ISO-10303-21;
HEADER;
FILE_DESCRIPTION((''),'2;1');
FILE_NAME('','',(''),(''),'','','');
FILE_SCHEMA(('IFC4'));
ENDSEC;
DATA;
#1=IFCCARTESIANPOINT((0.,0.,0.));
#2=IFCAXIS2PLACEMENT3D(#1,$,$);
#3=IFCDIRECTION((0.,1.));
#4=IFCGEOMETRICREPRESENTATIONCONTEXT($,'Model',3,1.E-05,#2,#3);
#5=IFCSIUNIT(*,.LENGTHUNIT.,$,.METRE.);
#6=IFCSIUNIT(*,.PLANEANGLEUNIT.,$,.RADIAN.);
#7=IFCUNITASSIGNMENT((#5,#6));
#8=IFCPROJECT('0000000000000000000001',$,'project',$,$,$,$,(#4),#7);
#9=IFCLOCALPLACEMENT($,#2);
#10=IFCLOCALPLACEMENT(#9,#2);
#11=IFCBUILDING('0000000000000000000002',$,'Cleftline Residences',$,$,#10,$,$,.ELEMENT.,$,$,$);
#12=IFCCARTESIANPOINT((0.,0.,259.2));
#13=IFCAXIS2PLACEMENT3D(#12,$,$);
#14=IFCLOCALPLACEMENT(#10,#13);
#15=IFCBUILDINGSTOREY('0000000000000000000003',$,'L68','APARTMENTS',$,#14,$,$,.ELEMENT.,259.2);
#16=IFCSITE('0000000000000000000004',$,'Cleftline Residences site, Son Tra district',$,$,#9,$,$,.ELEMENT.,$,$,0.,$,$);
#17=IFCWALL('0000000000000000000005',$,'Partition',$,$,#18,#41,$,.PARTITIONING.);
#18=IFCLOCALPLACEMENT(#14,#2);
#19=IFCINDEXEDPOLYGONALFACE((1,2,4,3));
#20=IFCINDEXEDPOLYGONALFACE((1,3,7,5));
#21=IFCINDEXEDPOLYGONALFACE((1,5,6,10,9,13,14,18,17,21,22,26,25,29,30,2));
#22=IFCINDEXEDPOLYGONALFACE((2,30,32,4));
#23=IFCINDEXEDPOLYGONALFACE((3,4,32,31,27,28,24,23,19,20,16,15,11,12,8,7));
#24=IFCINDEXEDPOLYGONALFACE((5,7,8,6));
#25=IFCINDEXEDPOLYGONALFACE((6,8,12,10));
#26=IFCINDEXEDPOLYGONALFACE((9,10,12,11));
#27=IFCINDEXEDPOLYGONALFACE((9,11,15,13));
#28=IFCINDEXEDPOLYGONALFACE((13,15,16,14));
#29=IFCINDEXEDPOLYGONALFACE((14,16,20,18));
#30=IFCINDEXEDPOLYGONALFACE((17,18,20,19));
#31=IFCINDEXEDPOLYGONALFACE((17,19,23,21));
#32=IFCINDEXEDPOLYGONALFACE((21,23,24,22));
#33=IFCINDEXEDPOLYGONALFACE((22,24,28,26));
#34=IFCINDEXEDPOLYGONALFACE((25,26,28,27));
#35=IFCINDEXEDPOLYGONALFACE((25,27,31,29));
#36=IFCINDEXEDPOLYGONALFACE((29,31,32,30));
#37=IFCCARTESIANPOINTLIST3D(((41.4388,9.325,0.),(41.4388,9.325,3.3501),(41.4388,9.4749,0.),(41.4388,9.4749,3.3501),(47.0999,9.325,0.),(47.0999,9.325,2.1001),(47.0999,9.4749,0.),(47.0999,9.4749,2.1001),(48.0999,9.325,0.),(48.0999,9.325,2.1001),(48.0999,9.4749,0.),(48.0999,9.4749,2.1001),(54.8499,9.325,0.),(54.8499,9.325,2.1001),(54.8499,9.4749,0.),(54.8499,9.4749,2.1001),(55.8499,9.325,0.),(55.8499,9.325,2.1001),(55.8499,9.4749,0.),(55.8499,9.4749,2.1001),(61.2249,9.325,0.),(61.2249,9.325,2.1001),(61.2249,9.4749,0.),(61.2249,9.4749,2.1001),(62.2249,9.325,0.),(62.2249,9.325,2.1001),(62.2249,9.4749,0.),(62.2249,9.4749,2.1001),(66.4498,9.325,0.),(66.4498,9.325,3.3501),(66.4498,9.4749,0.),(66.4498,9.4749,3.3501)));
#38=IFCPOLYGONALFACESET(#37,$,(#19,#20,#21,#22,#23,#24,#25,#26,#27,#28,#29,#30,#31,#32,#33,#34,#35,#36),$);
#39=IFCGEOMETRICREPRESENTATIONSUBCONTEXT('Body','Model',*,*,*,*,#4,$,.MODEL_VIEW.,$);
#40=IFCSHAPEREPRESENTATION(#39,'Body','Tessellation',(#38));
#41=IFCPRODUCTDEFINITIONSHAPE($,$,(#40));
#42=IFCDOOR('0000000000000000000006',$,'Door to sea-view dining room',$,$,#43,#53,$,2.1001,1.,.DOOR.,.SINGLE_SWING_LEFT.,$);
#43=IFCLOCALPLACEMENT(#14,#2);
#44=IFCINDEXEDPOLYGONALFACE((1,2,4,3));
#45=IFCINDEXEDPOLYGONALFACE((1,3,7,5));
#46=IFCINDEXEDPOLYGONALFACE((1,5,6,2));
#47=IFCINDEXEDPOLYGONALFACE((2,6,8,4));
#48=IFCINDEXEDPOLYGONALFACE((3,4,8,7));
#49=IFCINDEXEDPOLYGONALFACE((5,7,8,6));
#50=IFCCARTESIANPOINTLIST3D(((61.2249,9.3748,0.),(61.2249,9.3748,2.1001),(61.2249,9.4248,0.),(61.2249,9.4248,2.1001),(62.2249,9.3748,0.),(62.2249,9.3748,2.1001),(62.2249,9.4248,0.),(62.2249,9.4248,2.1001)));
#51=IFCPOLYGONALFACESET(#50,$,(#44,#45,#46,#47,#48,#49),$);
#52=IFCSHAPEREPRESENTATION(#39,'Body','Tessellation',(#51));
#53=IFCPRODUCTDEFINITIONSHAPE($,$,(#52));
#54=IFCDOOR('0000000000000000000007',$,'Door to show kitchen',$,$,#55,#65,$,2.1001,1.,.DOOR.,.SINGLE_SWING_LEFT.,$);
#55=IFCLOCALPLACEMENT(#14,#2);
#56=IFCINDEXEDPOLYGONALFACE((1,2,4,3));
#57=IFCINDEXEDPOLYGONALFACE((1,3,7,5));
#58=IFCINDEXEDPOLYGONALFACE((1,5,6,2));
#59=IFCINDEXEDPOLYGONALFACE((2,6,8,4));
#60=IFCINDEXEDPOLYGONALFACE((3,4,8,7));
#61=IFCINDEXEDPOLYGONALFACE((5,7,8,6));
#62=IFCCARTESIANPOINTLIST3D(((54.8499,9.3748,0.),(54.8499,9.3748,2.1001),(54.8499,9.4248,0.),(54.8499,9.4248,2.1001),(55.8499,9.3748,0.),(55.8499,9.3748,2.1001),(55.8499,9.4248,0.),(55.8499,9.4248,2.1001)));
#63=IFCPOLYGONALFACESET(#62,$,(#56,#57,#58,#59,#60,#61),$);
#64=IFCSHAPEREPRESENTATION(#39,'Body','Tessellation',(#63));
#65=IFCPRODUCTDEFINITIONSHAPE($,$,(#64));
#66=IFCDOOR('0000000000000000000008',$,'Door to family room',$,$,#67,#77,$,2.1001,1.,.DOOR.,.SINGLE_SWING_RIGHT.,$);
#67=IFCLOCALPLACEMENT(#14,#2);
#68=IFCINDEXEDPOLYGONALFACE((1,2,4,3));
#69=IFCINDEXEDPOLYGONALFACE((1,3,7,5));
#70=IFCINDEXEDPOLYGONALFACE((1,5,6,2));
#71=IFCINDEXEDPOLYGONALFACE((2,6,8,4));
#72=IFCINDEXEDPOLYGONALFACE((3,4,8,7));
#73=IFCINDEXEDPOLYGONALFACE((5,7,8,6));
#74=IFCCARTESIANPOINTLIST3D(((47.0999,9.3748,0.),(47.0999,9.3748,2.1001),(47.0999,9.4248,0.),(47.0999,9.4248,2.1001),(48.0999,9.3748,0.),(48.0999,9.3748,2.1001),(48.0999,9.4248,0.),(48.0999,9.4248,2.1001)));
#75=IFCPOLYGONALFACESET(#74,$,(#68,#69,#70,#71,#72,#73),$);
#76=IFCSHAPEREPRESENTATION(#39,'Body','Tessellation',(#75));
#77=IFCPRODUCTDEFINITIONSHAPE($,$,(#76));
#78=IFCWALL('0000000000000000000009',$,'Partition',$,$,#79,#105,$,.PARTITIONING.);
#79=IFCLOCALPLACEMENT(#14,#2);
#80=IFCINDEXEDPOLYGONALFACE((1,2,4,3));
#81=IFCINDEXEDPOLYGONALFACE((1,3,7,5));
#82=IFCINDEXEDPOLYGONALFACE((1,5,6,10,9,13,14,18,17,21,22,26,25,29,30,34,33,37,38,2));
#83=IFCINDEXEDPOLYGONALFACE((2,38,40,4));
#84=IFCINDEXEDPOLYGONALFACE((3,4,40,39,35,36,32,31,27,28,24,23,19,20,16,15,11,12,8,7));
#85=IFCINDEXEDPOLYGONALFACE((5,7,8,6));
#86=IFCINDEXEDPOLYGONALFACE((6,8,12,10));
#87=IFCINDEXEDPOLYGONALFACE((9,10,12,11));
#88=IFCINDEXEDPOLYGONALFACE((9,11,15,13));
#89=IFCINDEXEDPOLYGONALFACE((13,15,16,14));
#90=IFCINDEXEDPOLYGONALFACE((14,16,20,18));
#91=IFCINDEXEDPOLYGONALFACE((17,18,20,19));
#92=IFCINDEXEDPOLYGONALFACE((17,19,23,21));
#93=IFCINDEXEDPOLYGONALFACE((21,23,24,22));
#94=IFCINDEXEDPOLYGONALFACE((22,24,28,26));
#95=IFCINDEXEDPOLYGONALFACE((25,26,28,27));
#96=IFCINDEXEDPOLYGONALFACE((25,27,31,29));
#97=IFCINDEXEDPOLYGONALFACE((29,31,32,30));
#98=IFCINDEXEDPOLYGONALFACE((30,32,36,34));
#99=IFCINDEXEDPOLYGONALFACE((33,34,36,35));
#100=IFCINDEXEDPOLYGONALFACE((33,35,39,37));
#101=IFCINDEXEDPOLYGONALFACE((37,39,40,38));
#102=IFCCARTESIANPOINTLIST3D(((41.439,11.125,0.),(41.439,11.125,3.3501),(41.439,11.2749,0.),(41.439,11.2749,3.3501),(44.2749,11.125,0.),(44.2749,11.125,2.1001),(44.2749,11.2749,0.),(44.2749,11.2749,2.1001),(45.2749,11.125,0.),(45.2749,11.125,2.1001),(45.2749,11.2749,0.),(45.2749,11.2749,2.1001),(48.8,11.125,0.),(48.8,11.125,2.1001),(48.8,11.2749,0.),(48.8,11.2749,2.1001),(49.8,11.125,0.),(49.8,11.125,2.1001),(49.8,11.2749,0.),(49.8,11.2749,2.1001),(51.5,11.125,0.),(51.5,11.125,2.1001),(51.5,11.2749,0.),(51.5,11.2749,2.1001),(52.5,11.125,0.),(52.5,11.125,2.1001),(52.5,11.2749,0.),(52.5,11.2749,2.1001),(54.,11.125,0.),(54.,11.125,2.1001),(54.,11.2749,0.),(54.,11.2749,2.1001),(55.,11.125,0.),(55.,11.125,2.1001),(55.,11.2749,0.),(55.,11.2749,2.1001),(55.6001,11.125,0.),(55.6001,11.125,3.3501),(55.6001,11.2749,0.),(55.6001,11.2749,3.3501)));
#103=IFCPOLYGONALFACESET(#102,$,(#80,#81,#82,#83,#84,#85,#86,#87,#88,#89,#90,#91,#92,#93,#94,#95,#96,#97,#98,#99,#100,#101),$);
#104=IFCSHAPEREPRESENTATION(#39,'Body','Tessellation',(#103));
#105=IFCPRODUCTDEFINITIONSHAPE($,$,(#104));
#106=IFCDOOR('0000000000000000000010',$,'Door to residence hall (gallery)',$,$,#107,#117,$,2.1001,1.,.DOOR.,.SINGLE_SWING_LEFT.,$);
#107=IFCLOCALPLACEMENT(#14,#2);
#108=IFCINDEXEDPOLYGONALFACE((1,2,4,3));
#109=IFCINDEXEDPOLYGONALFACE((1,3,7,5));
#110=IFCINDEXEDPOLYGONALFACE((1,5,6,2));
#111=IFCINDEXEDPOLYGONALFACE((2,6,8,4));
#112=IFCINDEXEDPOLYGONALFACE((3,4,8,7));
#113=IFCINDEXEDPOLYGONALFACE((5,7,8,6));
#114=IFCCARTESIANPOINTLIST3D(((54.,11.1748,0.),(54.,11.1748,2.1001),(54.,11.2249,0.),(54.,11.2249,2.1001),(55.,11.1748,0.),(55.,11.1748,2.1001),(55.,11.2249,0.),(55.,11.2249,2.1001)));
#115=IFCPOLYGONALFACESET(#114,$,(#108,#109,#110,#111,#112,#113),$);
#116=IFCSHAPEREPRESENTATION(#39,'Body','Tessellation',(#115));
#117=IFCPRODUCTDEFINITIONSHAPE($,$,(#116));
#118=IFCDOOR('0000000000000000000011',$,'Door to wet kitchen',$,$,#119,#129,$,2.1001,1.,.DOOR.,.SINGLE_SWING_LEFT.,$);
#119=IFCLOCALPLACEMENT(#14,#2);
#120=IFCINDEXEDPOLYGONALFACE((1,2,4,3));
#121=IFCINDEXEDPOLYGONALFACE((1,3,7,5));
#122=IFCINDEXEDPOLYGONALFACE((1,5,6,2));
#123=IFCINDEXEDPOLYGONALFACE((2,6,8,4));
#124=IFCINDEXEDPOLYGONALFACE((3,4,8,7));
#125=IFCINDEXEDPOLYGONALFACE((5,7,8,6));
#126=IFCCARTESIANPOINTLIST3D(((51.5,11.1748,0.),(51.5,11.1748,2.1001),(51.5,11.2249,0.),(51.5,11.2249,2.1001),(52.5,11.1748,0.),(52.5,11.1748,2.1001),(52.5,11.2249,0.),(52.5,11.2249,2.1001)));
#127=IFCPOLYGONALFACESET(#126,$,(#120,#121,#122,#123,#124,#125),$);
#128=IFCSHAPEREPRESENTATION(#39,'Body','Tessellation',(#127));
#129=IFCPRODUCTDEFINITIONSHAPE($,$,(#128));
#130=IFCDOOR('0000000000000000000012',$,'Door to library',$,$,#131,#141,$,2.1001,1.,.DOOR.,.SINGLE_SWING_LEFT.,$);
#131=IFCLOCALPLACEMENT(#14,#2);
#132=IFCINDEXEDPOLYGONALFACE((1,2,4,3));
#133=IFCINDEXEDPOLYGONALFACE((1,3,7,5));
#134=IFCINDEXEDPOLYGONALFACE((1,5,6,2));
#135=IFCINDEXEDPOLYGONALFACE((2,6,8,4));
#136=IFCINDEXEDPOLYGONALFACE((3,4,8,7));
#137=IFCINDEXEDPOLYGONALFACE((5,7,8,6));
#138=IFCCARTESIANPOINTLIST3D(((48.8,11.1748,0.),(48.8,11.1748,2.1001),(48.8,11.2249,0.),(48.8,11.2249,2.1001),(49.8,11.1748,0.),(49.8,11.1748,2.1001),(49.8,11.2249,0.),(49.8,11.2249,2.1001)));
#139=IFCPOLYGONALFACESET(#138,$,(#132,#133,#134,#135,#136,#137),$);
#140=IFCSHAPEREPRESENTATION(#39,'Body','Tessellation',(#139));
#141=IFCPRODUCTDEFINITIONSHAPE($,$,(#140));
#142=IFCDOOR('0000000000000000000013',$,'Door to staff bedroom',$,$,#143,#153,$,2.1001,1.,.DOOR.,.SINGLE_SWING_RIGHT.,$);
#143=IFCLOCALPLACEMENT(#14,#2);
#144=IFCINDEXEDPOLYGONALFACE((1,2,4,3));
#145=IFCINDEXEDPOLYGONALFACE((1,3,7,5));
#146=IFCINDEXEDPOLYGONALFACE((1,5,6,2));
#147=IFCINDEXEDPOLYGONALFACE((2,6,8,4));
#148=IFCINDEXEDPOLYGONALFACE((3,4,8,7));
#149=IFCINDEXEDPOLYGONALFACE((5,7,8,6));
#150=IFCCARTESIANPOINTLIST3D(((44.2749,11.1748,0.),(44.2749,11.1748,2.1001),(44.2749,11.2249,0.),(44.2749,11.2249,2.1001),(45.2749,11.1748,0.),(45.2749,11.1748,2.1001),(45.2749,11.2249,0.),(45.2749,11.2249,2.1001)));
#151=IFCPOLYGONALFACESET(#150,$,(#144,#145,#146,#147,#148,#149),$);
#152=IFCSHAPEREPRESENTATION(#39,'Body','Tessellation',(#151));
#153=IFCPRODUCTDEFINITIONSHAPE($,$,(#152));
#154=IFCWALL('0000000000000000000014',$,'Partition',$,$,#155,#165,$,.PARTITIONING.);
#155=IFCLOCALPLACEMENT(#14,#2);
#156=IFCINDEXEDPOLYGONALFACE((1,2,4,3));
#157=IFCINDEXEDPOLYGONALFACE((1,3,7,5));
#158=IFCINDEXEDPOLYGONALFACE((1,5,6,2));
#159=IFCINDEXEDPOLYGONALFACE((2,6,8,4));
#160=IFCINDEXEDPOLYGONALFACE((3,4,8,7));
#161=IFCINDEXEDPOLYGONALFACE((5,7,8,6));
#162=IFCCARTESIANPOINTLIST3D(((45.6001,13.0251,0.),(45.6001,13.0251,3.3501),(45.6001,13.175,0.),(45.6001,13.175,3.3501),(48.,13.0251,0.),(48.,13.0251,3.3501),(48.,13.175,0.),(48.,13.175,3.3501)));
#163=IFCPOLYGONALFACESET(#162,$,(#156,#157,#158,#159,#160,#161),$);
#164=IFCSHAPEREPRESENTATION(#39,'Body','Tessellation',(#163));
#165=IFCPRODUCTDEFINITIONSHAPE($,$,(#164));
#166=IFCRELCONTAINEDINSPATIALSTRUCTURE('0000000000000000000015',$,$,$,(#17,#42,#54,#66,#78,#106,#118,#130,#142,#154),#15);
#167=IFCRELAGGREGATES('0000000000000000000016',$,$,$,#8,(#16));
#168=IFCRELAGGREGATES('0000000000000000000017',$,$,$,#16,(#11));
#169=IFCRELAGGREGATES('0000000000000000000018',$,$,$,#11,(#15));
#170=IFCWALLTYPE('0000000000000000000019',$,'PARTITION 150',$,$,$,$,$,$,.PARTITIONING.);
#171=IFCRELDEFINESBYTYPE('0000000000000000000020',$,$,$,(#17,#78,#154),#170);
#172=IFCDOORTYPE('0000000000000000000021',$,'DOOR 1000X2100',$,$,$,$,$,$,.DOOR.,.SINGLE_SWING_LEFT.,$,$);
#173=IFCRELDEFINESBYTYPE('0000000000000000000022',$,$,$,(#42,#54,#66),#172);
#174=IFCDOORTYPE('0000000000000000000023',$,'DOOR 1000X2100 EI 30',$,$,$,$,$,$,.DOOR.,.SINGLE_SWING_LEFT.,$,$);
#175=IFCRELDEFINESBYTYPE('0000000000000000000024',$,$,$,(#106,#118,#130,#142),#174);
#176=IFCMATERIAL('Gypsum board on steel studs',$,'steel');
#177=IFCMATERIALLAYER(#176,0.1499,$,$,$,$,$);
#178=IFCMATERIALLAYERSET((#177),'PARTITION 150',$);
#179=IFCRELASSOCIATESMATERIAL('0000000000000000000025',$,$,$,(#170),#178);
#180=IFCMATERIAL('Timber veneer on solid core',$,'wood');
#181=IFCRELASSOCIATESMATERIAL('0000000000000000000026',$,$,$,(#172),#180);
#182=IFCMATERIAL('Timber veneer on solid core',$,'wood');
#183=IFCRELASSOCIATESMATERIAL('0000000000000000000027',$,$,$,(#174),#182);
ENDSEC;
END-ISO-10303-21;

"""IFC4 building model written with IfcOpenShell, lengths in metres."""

from ifc_helpers import new_model, si_unit, direction, frame, frame_2d, origin, place, context, subcontext, project, spatial, rectangle, extrude, material, layer, layer_set, type_object, element, fill, save


model = new_model("IFC4")

# Units and contexts
model_context = context("Model", 3, precision=1e-05, world=origin(), true_north=direction((0.0, 1.0)))
body_context = subcontext(model_context, "Body", "Model", "MODEL_VIEW")
ifc_project = project(units=[si_unit("LENGTHUNIT", "METRE"), si_unit("PLANEANGLEUNIT", "RADIAN")], contexts=[model_context])

# Site, building, storey
site_placement = place(None, origin())
site = spatial("IfcSite", under=ifc_project, at=site_placement, Name="Cleftline Residences site, Son Tra district", CompositionType="ELEMENT", RefElevation=0.0)
building_placement = place(site_placement, origin())
building = spatial("IfcBuilding", under=site, at=building_placement, Name="Cleftline Residences", CompositionType="ELEMENT")
storey_placement = place(building_placement, frame((0.0, 0.0, 259.2)))
storey = spatial("IfcBuildingStorey", under=building, at=storey_placement, Name="L68", Description="APARTMENTS", CompositionType="ELEMENT", Elevation=259.2)

# Walls, openings, doors
ifc_material_1 = material(Name="Gypsum board on steel studs", Category="steel")
ifc_layer_1 = layer(ifc_material_1, 0.1499)
ifc_layer_set_1 = layer_set([ifc_layer_1], Name="PARTITION 150")
wall_type_1 = type_object("IfcWallType", Name="PARTITION 150", PredefinedType="PARTITIONING", material=ifc_layer_set_1)
wall_1_placement = place(storey_placement, frame((41.439, 9.3999, 0.0), z_axis=(0.0, 0.0, 1.0), x_axis=(1.0, 0.0, 0.0)))
wall_1 = element("IfcWall", 1, at=wall_1_placement, inside=storey, type_object=wall_type_1, Name="Partition", PredefinedType="PARTITIONING", context=body_context, shape_type="SweptSolid", body=[
    extrude(rectangle(XDim=25.011, YDim=0.1499, at=frame_2d((12.5054, 0.0))), origin(), (0.0, 0.0, 1.0), 3.3501),
])
opening_1_placement = place(wall_1_placement, frame((19.7859, 0.0, 0.0)))
opening_1 = element("IfcOpeningElement", 2, at=opening_1_placement, cuts=wall_1, PredefinedType="OPENING", context=body_context, shape_type="SweptSolid", body=[
    extrude(rectangle(XDim=1.0, YDim=2.1001, at=frame_2d((0.5, 1.05))), frame((0.0, 0.085, 0.0), z_axis=(0.0, -1.0, 0.0), x_axis=(1.0, 0.0, 0.0)), (0.0, 0.0, 1.0), 0.1699),
])
opening_2_placement = place(wall_1_placement, frame((13.4109, 0.0, 0.0)))
opening_2 = element("IfcOpeningElement", 3, at=opening_2_placement, cuts=wall_1, PredefinedType="OPENING", context=body_context, shape_type="SweptSolid", body=[
    extrude(rectangle(XDim=1.0, YDim=2.1001, at=frame_2d((0.5, 1.05))), frame((0.0, 0.085, 0.0), z_axis=(0.0, -1.0, 0.0), x_axis=(1.0, 0.0, 0.0)), (0.0, 0.0, 1.0), 0.1699),
])
opening_3_placement = place(wall_1_placement, frame((5.6609, 0.0, 0.0)))
opening_3 = element("IfcOpeningElement", 4, at=opening_3_placement, cuts=wall_1, PredefinedType="OPENING", context=body_context, shape_type="SweptSolid", body=[
    extrude(rectangle(XDim=1.0, YDim=2.1001, at=frame_2d((0.5, 1.05))), frame((0.0, 0.085, 0.0), z_axis=(0.0, -1.0, 0.0), x_axis=(1.0, 0.0, 0.0)), (0.0, 0.0, 1.0), 0.1699),
])
ifc_material_2 = material(Name="Timber veneer on solid core", Category="wood")
door_type_1 = type_object("IfcDoorType", Name="DOOR 1000X2100", OperationType="SINGLE_SWING_LEFT", PredefinedType="DOOR", material=ifc_material_2)
door_1_placement = place(opening_1_placement, origin())
door_1 = element("IfcDoor", 5, at=door_1_placement, inside=storey, type_object=door_type_1, Name="Door to sea-view dining room", OperationType="SINGLE_SWING_LEFT", OverallHeight=2.1001, OverallWidth=1.0, PredefinedType="DOOR", context=body_context, shape_type="SweptSolid", body=[
    extrude(rectangle(XDim=1.0, YDim=2.1001, at=frame_2d((0.5, 1.05))), frame((0.0, 0.0249, 0.0), z_axis=(0.0, -1.0, 0.0), x_axis=(1.0, 0.0, 0.0)), (0.0, 0.0, 1.0), 0.05),
])
fill(opening_1, door_1)
door_2_placement = place(opening_2_placement, origin())
door_2 = element("IfcDoor", 6, at=door_2_placement, inside=storey, type_object=door_type_1, Name="Door to show kitchen", OperationType="SINGLE_SWING_LEFT", OverallHeight=2.1001, OverallWidth=1.0, PredefinedType="DOOR", context=body_context, shape_type="SweptSolid", body=[
    extrude(rectangle(XDim=1.0, YDim=2.1001, at=frame_2d((0.5, 1.05))), frame((0.0, 0.0249, 0.0), z_axis=(0.0, -1.0, 0.0), x_axis=(1.0, 0.0, 0.0)), (0.0, 0.0, 1.0), 0.05),
])
fill(opening_2, door_2)
door_3_placement = place(opening_3_placement, origin())
door_3 = element("IfcDoor", 7, at=door_3_placement, inside=storey, type_object=door_type_1, Name="Door to family room", OperationType="SINGLE_SWING_RIGHT", OverallHeight=2.1001, OverallWidth=1.0, PredefinedType="DOOR", context=body_context, shape_type="SweptSolid", body=[
    extrude(rectangle(XDim=1.0, YDim=2.1001, at=frame_2d((0.5, 1.05))), frame((0.0, 0.0249, 0.0), z_axis=(0.0, -1.0, 0.0), x_axis=(1.0, 0.0, 0.0)), (0.0, 0.0, 1.0), 0.05),
])
fill(opening_3, door_3)
wall_2_placement = place(storey_placement, frame((41.439, 11.2, 0.0), z_axis=(0.0, 0.0, 1.0), x_axis=(1.0, 0.0, 0.0)))
wall_2 = element("IfcWall", 8, at=wall_2_placement, inside=storey, type_object=wall_type_1, Name="Partition", PredefinedType="PARTITIONING", context=body_context, shape_type="SweptSolid", body=[
    extrude(rectangle(XDim=14.1611, YDim=0.1499, at=frame_2d((7.0806, 0.0))), origin(), (0.0, 0.0, 1.0), 3.3501),
])
opening_4_placement = place(wall_2_placement, frame((12.561, 0.0, 0.0)))
opening_4 = element("IfcOpeningElement", 9, at=opening_4_placement, cuts=wall_2, PredefinedType="OPENING", context=body_context, shape_type="SweptSolid", body=[
    extrude(rectangle(XDim=1.0, YDim=2.1001, at=frame_2d((0.5, 1.05))), frame((0.0, 0.085, 0.0), z_axis=(0.0, -1.0, 0.0), x_axis=(1.0, 0.0, 0.0)), (0.0, 0.0, 1.0), 0.1699),
])
opening_5_placement = place(wall_2_placement, frame((10.061, 0.0, 0.0)))
opening_5 = element("IfcOpeningElement", 10, at=opening_5_placement, cuts=wall_2, PredefinedType="OPENING", context=body_context, shape_type="SweptSolid", body=[
    extrude(rectangle(XDim=1.0, YDim=2.1001, at=frame_2d((0.5, 1.05))), frame((0.0, 0.085, 0.0), z_axis=(0.0, -1.0, 0.0), x_axis=(1.0, 0.0, 0.0)), (0.0, 0.0, 1.0), 0.1699),
])
opening_6_placement = place(wall_2_placement, frame((7.3611, 0.0, 0.0)))
opening_6 = element("IfcOpeningElement", 11, at=opening_6_placement, cuts=wall_2, PredefinedType="OPENING", context=body_context, shape_type="SweptSolid", body=[
    extrude(rectangle(XDim=1.0, YDim=2.1001, at=frame_2d((0.5, 1.05))), frame((0.0, 0.085, 0.0), z_axis=(0.0, -1.0, 0.0), x_axis=(1.0, 0.0, 0.0)), (0.0, 0.0, 1.0), 0.1699),
])
opening_7_placement = place(wall_2_placement, frame((2.8359, 0.0, 0.0)))
opening_7 = element("IfcOpeningElement", 12, at=opening_7_placement, cuts=wall_2, PredefinedType="OPENING", context=body_context, shape_type="SweptSolid", body=[
    extrude(rectangle(XDim=1.0, YDim=2.1001, at=frame_2d((0.5, 1.05))), frame((0.0, 0.085, 0.0), z_axis=(0.0, -1.0, 0.0), x_axis=(1.0, 0.0, 0.0)), (0.0, 0.0, 1.0), 0.1699),
])
ifc_material_3 = material(Name="Timber veneer on solid core", Category="wood")
door_type_2 = type_object("IfcDoorType", Name="DOOR 1000X2100 EI 30", OperationType="SINGLE_SWING_LEFT", PredefinedType="DOOR", material=ifc_material_3)
door_4_placement = place(opening_4_placement, origin())
door_4 = element("IfcDoor", 13, at=door_4_placement, inside=storey, type_object=door_type_2, Name="Door to residence hall (gallery)", OperationType="SINGLE_SWING_LEFT", OverallHeight=2.1001, OverallWidth=1.0, PredefinedType="DOOR", context=body_context, shape_type="SweptSolid", body=[
    extrude(rectangle(XDim=1.0, YDim=2.1001, at=frame_2d((0.5, 1.05))), frame((0.0, 0.0249, 0.0), z_axis=(0.0, -1.0, 0.0), x_axis=(1.0, 0.0, 0.0)), (0.0, 0.0, 1.0), 0.05),
])
fill(opening_4, door_4)
door_5_placement = place(opening_5_placement, origin())
door_5 = element("IfcDoor", 14, at=door_5_placement, inside=storey, type_object=door_type_2, Name="Door to wet kitchen", OperationType="SINGLE_SWING_LEFT", OverallHeight=2.1001, OverallWidth=1.0, PredefinedType="DOOR", context=body_context, shape_type="SweptSolid", body=[
    extrude(rectangle(XDim=1.0, YDim=2.1001, at=frame_2d((0.5, 1.05))), frame((0.0, 0.0249, 0.0), z_axis=(0.0, -1.0, 0.0), x_axis=(1.0, 0.0, 0.0)), (0.0, 0.0, 1.0), 0.05),
])
fill(opening_5, door_5)
door_6_placement = place(opening_6_placement, origin())
door_6 = element("IfcDoor", 15, at=door_6_placement, inside=storey, type_object=door_type_2, Name="Door to library", OperationType="SINGLE_SWING_LEFT", OverallHeight=2.1001, OverallWidth=1.0, PredefinedType="DOOR", context=body_context, shape_type="SweptSolid", body=[
    extrude(rectangle(XDim=1.0, YDim=2.1001, at=frame_2d((0.5, 1.05))), frame((0.0, 0.0249, 0.0), z_axis=(0.0, -1.0, 0.0), x_axis=(1.0, 0.0, 0.0)), (0.0, 0.0, 1.0), 0.05),
])
fill(opening_6, door_6)
door_7_placement = place(opening_7_placement, origin())
door_7 = element("IfcDoor", 16, at=door_7_placement, inside=storey, type_object=door_type_2, Name="Door to staff bedroom", OperationType="SINGLE_SWING_RIGHT", OverallHeight=2.1001, OverallWidth=1.0, PredefinedType="DOOR", context=body_context, shape_type="SweptSolid", body=[
    extrude(rectangle(XDim=1.0, YDim=2.1001, at=frame_2d((0.5, 1.05))), frame((0.0, 0.0249, 0.0), z_axis=(0.0, -1.0, 0.0), x_axis=(1.0, 0.0, 0.0)), (0.0, 0.0, 1.0), 0.05),
])
fill(opening_7, door_7)

# Wall
wall_3_placement = place(storey_placement, frame((45.6001, 13.1001, 0.0), z_axis=(0.0, 0.0, 1.0), x_axis=(1.0, 0.0, 0.0)))
element("IfcWall", 17, at=wall_3_placement, inside=storey, type_object=wall_type_1, Name="Partition", PredefinedType="PARTITIONING", context=body_context, shape_type="SweptSolid", body=[
    extrude(rectangle(XDim=2.3999, YDim=0.1499, at=frame_2d((1.2, 0.0))), origin(), (0.0, 0.0, 1.0), 3.3501),
])

save(model, "model.ifc")
